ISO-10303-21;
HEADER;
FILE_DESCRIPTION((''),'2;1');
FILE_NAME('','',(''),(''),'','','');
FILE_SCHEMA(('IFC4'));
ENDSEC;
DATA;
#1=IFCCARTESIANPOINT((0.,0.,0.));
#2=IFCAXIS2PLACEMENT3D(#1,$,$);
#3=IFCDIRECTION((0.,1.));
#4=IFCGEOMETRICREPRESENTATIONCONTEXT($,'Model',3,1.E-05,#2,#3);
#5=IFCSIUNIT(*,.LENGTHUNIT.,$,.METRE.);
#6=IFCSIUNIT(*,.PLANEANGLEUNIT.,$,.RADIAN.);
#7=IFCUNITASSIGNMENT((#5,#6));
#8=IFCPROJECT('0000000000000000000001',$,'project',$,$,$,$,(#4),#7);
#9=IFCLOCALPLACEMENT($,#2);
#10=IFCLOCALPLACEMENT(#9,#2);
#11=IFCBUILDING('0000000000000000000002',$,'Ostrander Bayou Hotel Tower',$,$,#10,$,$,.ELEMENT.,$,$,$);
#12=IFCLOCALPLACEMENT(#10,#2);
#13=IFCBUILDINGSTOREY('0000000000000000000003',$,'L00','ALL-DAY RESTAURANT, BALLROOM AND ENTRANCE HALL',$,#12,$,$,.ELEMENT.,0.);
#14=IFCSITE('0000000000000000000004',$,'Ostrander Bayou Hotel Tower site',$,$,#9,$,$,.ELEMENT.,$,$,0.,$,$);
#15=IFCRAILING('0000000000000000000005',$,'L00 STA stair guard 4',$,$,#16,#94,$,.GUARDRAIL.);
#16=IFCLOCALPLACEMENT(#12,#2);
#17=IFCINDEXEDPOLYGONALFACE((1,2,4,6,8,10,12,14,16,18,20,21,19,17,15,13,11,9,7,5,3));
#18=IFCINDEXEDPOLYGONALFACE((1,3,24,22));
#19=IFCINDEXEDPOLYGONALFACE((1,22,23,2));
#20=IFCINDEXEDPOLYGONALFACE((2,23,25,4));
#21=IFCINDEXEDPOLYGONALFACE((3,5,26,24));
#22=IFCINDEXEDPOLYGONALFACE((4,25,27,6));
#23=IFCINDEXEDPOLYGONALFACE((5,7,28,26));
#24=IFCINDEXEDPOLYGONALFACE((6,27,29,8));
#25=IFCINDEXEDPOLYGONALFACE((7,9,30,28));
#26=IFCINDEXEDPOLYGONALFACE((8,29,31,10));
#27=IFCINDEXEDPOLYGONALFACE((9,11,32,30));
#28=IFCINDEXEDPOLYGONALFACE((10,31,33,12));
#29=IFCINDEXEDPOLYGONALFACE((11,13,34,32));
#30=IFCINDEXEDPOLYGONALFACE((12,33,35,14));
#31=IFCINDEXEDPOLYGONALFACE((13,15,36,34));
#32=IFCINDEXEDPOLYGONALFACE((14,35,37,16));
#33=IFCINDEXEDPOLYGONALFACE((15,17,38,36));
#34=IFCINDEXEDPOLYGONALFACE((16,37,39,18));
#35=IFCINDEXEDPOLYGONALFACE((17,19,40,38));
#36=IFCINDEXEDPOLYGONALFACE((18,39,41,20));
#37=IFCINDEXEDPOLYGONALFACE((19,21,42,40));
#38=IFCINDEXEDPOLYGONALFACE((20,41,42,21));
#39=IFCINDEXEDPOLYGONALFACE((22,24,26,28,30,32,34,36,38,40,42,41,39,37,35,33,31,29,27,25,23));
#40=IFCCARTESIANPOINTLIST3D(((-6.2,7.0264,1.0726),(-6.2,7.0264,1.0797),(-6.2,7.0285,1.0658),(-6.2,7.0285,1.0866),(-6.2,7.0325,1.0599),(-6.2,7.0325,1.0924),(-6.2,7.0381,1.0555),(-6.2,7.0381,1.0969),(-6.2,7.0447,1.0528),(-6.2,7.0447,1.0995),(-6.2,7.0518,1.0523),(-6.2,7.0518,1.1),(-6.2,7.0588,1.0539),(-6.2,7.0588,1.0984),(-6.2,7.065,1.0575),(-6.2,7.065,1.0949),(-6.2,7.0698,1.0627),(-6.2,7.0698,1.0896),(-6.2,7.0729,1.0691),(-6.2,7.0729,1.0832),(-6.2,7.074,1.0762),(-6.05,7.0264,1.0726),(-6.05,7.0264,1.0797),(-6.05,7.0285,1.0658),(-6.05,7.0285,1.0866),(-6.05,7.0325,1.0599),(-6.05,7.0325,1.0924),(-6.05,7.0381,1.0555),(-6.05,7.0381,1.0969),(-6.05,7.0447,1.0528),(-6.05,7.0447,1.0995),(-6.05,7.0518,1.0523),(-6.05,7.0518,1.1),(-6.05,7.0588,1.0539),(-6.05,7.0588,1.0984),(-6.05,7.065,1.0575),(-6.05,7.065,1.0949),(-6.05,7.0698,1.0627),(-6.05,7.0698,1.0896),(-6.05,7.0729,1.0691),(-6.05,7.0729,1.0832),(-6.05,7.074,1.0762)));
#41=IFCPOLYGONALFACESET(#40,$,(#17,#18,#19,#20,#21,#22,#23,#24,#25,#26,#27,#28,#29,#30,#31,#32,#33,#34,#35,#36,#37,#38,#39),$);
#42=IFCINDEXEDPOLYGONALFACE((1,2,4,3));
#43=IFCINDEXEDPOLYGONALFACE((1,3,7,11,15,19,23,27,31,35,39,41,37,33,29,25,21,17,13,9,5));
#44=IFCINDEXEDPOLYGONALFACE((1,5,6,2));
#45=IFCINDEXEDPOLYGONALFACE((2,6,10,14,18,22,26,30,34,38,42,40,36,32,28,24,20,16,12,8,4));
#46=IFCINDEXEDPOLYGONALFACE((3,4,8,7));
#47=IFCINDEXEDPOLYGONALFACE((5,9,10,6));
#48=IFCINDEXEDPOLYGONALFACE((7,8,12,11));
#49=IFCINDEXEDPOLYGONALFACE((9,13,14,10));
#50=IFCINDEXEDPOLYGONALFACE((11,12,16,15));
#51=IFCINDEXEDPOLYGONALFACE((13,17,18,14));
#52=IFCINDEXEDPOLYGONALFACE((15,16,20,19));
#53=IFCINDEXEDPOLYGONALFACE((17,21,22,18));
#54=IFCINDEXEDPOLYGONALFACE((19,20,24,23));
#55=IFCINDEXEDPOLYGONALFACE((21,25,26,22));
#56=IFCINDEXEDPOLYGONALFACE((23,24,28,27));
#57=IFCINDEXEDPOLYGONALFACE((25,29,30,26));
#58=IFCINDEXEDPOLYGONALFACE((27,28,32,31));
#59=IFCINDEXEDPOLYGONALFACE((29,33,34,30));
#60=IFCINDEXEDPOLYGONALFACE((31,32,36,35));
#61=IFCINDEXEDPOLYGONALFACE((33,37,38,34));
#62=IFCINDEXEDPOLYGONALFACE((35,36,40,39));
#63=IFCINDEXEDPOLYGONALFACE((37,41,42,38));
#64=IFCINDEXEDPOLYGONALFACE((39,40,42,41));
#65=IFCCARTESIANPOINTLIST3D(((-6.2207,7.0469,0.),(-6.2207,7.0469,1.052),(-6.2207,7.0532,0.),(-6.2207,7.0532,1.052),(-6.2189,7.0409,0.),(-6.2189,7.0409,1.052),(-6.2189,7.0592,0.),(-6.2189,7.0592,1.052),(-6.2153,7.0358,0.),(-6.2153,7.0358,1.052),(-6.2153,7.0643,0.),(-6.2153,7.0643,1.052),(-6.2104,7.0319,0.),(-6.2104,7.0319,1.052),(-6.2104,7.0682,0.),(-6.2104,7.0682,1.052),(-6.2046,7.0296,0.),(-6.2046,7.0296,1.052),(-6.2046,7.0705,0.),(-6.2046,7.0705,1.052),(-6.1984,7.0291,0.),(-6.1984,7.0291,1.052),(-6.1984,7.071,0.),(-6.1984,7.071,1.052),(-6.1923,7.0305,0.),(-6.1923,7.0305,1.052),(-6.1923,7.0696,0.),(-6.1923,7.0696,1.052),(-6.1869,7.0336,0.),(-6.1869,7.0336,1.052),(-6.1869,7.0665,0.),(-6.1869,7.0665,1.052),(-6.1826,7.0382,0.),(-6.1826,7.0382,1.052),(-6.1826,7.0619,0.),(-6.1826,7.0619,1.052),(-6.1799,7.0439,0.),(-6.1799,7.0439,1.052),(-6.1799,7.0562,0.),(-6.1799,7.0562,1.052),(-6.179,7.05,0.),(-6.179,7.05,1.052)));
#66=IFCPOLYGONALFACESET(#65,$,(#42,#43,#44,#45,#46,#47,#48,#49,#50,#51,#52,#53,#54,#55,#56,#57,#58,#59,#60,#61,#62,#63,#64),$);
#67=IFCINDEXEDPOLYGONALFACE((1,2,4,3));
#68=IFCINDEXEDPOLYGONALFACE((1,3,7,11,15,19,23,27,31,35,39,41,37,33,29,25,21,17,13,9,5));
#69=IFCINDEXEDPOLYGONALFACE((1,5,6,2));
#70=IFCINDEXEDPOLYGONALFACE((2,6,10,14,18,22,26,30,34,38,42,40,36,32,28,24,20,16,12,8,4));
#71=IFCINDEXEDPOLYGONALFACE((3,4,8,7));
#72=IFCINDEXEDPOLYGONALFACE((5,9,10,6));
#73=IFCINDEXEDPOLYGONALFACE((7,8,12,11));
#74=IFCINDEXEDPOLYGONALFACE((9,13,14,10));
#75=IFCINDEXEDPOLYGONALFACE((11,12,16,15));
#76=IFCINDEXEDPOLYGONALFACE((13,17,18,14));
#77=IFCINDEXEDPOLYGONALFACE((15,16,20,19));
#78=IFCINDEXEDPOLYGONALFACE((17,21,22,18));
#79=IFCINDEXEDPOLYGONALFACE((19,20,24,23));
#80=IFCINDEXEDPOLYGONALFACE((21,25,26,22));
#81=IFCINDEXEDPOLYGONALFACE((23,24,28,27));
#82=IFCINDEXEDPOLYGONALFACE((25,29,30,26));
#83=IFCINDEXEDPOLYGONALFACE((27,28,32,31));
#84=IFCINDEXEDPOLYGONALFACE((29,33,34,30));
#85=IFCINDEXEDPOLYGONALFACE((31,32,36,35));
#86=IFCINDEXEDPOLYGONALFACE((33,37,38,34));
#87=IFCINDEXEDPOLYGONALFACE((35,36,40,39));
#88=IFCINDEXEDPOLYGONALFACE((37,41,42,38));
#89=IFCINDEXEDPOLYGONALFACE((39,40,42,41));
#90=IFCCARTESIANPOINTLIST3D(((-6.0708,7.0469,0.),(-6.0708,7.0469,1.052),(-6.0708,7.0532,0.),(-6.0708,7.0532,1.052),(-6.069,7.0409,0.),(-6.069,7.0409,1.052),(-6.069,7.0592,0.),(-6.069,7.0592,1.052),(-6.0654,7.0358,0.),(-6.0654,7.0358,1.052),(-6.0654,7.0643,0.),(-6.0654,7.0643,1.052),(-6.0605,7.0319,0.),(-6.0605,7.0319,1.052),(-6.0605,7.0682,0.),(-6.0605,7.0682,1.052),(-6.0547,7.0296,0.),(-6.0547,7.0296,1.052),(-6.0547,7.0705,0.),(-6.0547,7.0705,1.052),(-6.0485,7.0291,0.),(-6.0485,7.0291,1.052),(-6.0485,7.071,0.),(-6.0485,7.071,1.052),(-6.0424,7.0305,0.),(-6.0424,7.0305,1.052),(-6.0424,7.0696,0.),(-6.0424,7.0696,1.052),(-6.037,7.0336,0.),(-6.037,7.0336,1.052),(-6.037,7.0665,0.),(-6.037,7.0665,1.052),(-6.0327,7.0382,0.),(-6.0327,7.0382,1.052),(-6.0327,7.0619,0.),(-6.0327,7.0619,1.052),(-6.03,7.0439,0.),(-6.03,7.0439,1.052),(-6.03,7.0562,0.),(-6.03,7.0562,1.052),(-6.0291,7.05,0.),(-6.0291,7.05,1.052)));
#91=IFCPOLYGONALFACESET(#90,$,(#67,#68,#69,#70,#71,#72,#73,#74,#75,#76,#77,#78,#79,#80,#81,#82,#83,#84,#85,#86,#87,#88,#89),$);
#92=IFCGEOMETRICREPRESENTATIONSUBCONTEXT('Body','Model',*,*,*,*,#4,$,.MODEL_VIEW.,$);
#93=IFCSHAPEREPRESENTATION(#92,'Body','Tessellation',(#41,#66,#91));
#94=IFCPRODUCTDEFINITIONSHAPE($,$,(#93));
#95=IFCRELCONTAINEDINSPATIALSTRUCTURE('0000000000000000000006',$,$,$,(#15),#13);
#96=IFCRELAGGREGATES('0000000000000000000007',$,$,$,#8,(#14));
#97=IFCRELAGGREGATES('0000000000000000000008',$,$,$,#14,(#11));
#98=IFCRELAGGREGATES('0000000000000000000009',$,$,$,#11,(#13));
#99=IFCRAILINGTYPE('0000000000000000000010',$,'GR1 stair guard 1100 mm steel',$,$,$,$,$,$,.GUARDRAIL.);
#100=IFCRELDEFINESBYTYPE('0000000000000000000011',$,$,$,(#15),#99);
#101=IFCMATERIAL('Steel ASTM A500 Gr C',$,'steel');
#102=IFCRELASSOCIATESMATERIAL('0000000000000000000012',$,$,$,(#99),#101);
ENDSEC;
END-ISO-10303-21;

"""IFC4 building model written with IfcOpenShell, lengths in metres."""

from ifc_helpers import new_model, si_unit, direction, frame, origin, origin_2d, place, context, subcontext, project, spatial, circle, extrude, material, type_object, element, save


model = new_model("IFC4")

# Units and contexts
model_context = context("Model", 3, precision=1e-05, world=origin(), true_north=direction((0.0, 1.0)))
body_context = subcontext(model_context, "Body", "Model", "MODEL_VIEW")
ifc_project = project(units=[si_unit("LENGTHUNIT", "METRE"), si_unit("PLANEANGLEUNIT", "RADIAN")], contexts=[model_context])

# Site, building, storey
site_placement = place(None, origin())
site = spatial("IfcSite", under=ifc_project, at=site_placement, Name="Ostrander Bayou Hotel Tower site", CompositionType="ELEMENT", RefElevation=0.0)
building_placement = place(site_placement, origin())
building = spatial("IfcBuilding", under=site, at=building_placement, Name="Ostrander Bayou Hotel Tower", CompositionType="ELEMENT")
storey_placement = place(building_placement, origin())
storey = spatial("IfcBuildingStorey", under=building, at=storey_placement, Name="L00", Description="ALL-DAY RESTAURANT, BALLROOM AND ENTRANCE HALL", CompositionType="ELEMENT", Elevation=0.0)

# Railing
ifc_material_1 = material(Name="Steel ASTM A500 Gr C", Category="steel")
railing_type_1 = type_object("IfcRailingType", Name="GR1 stair guard 1100 mm steel", PredefinedType="GUARDRAIL", material=ifc_material_1)
railing_1_placement = place(storey_placement, frame((-6.2, 7.05, 0.0)))
element("IfcRailing", 1, at=railing_1_placement, inside=storey, type_object=railing_type_1, Name="L00 STA stair guard 4", PredefinedType="GUARDRAIL", context=body_context, shape_type="SweptSolid", body=[
    extrude(circle(Radius=0.0239, at=origin_2d()), frame((0.0, 0.0, 1.0762), z_axis=(1.0, 0.0, 0.0), x_axis=(0.0, 1.0, 0.0)), (0.0, 0.0, 1.0), 0.1499),
    extrude(circle(Radius=0.021, at=origin_2d()), origin(), (0.0, 0.0, 1.0), 1.052),
    extrude(circle(Radius=0.021, at=origin_2d()), frame((0.1499, 0.0, 0.0)), (0.0, 0.0, 1.0), 1.052),
])

save(model, "model.ifc")
